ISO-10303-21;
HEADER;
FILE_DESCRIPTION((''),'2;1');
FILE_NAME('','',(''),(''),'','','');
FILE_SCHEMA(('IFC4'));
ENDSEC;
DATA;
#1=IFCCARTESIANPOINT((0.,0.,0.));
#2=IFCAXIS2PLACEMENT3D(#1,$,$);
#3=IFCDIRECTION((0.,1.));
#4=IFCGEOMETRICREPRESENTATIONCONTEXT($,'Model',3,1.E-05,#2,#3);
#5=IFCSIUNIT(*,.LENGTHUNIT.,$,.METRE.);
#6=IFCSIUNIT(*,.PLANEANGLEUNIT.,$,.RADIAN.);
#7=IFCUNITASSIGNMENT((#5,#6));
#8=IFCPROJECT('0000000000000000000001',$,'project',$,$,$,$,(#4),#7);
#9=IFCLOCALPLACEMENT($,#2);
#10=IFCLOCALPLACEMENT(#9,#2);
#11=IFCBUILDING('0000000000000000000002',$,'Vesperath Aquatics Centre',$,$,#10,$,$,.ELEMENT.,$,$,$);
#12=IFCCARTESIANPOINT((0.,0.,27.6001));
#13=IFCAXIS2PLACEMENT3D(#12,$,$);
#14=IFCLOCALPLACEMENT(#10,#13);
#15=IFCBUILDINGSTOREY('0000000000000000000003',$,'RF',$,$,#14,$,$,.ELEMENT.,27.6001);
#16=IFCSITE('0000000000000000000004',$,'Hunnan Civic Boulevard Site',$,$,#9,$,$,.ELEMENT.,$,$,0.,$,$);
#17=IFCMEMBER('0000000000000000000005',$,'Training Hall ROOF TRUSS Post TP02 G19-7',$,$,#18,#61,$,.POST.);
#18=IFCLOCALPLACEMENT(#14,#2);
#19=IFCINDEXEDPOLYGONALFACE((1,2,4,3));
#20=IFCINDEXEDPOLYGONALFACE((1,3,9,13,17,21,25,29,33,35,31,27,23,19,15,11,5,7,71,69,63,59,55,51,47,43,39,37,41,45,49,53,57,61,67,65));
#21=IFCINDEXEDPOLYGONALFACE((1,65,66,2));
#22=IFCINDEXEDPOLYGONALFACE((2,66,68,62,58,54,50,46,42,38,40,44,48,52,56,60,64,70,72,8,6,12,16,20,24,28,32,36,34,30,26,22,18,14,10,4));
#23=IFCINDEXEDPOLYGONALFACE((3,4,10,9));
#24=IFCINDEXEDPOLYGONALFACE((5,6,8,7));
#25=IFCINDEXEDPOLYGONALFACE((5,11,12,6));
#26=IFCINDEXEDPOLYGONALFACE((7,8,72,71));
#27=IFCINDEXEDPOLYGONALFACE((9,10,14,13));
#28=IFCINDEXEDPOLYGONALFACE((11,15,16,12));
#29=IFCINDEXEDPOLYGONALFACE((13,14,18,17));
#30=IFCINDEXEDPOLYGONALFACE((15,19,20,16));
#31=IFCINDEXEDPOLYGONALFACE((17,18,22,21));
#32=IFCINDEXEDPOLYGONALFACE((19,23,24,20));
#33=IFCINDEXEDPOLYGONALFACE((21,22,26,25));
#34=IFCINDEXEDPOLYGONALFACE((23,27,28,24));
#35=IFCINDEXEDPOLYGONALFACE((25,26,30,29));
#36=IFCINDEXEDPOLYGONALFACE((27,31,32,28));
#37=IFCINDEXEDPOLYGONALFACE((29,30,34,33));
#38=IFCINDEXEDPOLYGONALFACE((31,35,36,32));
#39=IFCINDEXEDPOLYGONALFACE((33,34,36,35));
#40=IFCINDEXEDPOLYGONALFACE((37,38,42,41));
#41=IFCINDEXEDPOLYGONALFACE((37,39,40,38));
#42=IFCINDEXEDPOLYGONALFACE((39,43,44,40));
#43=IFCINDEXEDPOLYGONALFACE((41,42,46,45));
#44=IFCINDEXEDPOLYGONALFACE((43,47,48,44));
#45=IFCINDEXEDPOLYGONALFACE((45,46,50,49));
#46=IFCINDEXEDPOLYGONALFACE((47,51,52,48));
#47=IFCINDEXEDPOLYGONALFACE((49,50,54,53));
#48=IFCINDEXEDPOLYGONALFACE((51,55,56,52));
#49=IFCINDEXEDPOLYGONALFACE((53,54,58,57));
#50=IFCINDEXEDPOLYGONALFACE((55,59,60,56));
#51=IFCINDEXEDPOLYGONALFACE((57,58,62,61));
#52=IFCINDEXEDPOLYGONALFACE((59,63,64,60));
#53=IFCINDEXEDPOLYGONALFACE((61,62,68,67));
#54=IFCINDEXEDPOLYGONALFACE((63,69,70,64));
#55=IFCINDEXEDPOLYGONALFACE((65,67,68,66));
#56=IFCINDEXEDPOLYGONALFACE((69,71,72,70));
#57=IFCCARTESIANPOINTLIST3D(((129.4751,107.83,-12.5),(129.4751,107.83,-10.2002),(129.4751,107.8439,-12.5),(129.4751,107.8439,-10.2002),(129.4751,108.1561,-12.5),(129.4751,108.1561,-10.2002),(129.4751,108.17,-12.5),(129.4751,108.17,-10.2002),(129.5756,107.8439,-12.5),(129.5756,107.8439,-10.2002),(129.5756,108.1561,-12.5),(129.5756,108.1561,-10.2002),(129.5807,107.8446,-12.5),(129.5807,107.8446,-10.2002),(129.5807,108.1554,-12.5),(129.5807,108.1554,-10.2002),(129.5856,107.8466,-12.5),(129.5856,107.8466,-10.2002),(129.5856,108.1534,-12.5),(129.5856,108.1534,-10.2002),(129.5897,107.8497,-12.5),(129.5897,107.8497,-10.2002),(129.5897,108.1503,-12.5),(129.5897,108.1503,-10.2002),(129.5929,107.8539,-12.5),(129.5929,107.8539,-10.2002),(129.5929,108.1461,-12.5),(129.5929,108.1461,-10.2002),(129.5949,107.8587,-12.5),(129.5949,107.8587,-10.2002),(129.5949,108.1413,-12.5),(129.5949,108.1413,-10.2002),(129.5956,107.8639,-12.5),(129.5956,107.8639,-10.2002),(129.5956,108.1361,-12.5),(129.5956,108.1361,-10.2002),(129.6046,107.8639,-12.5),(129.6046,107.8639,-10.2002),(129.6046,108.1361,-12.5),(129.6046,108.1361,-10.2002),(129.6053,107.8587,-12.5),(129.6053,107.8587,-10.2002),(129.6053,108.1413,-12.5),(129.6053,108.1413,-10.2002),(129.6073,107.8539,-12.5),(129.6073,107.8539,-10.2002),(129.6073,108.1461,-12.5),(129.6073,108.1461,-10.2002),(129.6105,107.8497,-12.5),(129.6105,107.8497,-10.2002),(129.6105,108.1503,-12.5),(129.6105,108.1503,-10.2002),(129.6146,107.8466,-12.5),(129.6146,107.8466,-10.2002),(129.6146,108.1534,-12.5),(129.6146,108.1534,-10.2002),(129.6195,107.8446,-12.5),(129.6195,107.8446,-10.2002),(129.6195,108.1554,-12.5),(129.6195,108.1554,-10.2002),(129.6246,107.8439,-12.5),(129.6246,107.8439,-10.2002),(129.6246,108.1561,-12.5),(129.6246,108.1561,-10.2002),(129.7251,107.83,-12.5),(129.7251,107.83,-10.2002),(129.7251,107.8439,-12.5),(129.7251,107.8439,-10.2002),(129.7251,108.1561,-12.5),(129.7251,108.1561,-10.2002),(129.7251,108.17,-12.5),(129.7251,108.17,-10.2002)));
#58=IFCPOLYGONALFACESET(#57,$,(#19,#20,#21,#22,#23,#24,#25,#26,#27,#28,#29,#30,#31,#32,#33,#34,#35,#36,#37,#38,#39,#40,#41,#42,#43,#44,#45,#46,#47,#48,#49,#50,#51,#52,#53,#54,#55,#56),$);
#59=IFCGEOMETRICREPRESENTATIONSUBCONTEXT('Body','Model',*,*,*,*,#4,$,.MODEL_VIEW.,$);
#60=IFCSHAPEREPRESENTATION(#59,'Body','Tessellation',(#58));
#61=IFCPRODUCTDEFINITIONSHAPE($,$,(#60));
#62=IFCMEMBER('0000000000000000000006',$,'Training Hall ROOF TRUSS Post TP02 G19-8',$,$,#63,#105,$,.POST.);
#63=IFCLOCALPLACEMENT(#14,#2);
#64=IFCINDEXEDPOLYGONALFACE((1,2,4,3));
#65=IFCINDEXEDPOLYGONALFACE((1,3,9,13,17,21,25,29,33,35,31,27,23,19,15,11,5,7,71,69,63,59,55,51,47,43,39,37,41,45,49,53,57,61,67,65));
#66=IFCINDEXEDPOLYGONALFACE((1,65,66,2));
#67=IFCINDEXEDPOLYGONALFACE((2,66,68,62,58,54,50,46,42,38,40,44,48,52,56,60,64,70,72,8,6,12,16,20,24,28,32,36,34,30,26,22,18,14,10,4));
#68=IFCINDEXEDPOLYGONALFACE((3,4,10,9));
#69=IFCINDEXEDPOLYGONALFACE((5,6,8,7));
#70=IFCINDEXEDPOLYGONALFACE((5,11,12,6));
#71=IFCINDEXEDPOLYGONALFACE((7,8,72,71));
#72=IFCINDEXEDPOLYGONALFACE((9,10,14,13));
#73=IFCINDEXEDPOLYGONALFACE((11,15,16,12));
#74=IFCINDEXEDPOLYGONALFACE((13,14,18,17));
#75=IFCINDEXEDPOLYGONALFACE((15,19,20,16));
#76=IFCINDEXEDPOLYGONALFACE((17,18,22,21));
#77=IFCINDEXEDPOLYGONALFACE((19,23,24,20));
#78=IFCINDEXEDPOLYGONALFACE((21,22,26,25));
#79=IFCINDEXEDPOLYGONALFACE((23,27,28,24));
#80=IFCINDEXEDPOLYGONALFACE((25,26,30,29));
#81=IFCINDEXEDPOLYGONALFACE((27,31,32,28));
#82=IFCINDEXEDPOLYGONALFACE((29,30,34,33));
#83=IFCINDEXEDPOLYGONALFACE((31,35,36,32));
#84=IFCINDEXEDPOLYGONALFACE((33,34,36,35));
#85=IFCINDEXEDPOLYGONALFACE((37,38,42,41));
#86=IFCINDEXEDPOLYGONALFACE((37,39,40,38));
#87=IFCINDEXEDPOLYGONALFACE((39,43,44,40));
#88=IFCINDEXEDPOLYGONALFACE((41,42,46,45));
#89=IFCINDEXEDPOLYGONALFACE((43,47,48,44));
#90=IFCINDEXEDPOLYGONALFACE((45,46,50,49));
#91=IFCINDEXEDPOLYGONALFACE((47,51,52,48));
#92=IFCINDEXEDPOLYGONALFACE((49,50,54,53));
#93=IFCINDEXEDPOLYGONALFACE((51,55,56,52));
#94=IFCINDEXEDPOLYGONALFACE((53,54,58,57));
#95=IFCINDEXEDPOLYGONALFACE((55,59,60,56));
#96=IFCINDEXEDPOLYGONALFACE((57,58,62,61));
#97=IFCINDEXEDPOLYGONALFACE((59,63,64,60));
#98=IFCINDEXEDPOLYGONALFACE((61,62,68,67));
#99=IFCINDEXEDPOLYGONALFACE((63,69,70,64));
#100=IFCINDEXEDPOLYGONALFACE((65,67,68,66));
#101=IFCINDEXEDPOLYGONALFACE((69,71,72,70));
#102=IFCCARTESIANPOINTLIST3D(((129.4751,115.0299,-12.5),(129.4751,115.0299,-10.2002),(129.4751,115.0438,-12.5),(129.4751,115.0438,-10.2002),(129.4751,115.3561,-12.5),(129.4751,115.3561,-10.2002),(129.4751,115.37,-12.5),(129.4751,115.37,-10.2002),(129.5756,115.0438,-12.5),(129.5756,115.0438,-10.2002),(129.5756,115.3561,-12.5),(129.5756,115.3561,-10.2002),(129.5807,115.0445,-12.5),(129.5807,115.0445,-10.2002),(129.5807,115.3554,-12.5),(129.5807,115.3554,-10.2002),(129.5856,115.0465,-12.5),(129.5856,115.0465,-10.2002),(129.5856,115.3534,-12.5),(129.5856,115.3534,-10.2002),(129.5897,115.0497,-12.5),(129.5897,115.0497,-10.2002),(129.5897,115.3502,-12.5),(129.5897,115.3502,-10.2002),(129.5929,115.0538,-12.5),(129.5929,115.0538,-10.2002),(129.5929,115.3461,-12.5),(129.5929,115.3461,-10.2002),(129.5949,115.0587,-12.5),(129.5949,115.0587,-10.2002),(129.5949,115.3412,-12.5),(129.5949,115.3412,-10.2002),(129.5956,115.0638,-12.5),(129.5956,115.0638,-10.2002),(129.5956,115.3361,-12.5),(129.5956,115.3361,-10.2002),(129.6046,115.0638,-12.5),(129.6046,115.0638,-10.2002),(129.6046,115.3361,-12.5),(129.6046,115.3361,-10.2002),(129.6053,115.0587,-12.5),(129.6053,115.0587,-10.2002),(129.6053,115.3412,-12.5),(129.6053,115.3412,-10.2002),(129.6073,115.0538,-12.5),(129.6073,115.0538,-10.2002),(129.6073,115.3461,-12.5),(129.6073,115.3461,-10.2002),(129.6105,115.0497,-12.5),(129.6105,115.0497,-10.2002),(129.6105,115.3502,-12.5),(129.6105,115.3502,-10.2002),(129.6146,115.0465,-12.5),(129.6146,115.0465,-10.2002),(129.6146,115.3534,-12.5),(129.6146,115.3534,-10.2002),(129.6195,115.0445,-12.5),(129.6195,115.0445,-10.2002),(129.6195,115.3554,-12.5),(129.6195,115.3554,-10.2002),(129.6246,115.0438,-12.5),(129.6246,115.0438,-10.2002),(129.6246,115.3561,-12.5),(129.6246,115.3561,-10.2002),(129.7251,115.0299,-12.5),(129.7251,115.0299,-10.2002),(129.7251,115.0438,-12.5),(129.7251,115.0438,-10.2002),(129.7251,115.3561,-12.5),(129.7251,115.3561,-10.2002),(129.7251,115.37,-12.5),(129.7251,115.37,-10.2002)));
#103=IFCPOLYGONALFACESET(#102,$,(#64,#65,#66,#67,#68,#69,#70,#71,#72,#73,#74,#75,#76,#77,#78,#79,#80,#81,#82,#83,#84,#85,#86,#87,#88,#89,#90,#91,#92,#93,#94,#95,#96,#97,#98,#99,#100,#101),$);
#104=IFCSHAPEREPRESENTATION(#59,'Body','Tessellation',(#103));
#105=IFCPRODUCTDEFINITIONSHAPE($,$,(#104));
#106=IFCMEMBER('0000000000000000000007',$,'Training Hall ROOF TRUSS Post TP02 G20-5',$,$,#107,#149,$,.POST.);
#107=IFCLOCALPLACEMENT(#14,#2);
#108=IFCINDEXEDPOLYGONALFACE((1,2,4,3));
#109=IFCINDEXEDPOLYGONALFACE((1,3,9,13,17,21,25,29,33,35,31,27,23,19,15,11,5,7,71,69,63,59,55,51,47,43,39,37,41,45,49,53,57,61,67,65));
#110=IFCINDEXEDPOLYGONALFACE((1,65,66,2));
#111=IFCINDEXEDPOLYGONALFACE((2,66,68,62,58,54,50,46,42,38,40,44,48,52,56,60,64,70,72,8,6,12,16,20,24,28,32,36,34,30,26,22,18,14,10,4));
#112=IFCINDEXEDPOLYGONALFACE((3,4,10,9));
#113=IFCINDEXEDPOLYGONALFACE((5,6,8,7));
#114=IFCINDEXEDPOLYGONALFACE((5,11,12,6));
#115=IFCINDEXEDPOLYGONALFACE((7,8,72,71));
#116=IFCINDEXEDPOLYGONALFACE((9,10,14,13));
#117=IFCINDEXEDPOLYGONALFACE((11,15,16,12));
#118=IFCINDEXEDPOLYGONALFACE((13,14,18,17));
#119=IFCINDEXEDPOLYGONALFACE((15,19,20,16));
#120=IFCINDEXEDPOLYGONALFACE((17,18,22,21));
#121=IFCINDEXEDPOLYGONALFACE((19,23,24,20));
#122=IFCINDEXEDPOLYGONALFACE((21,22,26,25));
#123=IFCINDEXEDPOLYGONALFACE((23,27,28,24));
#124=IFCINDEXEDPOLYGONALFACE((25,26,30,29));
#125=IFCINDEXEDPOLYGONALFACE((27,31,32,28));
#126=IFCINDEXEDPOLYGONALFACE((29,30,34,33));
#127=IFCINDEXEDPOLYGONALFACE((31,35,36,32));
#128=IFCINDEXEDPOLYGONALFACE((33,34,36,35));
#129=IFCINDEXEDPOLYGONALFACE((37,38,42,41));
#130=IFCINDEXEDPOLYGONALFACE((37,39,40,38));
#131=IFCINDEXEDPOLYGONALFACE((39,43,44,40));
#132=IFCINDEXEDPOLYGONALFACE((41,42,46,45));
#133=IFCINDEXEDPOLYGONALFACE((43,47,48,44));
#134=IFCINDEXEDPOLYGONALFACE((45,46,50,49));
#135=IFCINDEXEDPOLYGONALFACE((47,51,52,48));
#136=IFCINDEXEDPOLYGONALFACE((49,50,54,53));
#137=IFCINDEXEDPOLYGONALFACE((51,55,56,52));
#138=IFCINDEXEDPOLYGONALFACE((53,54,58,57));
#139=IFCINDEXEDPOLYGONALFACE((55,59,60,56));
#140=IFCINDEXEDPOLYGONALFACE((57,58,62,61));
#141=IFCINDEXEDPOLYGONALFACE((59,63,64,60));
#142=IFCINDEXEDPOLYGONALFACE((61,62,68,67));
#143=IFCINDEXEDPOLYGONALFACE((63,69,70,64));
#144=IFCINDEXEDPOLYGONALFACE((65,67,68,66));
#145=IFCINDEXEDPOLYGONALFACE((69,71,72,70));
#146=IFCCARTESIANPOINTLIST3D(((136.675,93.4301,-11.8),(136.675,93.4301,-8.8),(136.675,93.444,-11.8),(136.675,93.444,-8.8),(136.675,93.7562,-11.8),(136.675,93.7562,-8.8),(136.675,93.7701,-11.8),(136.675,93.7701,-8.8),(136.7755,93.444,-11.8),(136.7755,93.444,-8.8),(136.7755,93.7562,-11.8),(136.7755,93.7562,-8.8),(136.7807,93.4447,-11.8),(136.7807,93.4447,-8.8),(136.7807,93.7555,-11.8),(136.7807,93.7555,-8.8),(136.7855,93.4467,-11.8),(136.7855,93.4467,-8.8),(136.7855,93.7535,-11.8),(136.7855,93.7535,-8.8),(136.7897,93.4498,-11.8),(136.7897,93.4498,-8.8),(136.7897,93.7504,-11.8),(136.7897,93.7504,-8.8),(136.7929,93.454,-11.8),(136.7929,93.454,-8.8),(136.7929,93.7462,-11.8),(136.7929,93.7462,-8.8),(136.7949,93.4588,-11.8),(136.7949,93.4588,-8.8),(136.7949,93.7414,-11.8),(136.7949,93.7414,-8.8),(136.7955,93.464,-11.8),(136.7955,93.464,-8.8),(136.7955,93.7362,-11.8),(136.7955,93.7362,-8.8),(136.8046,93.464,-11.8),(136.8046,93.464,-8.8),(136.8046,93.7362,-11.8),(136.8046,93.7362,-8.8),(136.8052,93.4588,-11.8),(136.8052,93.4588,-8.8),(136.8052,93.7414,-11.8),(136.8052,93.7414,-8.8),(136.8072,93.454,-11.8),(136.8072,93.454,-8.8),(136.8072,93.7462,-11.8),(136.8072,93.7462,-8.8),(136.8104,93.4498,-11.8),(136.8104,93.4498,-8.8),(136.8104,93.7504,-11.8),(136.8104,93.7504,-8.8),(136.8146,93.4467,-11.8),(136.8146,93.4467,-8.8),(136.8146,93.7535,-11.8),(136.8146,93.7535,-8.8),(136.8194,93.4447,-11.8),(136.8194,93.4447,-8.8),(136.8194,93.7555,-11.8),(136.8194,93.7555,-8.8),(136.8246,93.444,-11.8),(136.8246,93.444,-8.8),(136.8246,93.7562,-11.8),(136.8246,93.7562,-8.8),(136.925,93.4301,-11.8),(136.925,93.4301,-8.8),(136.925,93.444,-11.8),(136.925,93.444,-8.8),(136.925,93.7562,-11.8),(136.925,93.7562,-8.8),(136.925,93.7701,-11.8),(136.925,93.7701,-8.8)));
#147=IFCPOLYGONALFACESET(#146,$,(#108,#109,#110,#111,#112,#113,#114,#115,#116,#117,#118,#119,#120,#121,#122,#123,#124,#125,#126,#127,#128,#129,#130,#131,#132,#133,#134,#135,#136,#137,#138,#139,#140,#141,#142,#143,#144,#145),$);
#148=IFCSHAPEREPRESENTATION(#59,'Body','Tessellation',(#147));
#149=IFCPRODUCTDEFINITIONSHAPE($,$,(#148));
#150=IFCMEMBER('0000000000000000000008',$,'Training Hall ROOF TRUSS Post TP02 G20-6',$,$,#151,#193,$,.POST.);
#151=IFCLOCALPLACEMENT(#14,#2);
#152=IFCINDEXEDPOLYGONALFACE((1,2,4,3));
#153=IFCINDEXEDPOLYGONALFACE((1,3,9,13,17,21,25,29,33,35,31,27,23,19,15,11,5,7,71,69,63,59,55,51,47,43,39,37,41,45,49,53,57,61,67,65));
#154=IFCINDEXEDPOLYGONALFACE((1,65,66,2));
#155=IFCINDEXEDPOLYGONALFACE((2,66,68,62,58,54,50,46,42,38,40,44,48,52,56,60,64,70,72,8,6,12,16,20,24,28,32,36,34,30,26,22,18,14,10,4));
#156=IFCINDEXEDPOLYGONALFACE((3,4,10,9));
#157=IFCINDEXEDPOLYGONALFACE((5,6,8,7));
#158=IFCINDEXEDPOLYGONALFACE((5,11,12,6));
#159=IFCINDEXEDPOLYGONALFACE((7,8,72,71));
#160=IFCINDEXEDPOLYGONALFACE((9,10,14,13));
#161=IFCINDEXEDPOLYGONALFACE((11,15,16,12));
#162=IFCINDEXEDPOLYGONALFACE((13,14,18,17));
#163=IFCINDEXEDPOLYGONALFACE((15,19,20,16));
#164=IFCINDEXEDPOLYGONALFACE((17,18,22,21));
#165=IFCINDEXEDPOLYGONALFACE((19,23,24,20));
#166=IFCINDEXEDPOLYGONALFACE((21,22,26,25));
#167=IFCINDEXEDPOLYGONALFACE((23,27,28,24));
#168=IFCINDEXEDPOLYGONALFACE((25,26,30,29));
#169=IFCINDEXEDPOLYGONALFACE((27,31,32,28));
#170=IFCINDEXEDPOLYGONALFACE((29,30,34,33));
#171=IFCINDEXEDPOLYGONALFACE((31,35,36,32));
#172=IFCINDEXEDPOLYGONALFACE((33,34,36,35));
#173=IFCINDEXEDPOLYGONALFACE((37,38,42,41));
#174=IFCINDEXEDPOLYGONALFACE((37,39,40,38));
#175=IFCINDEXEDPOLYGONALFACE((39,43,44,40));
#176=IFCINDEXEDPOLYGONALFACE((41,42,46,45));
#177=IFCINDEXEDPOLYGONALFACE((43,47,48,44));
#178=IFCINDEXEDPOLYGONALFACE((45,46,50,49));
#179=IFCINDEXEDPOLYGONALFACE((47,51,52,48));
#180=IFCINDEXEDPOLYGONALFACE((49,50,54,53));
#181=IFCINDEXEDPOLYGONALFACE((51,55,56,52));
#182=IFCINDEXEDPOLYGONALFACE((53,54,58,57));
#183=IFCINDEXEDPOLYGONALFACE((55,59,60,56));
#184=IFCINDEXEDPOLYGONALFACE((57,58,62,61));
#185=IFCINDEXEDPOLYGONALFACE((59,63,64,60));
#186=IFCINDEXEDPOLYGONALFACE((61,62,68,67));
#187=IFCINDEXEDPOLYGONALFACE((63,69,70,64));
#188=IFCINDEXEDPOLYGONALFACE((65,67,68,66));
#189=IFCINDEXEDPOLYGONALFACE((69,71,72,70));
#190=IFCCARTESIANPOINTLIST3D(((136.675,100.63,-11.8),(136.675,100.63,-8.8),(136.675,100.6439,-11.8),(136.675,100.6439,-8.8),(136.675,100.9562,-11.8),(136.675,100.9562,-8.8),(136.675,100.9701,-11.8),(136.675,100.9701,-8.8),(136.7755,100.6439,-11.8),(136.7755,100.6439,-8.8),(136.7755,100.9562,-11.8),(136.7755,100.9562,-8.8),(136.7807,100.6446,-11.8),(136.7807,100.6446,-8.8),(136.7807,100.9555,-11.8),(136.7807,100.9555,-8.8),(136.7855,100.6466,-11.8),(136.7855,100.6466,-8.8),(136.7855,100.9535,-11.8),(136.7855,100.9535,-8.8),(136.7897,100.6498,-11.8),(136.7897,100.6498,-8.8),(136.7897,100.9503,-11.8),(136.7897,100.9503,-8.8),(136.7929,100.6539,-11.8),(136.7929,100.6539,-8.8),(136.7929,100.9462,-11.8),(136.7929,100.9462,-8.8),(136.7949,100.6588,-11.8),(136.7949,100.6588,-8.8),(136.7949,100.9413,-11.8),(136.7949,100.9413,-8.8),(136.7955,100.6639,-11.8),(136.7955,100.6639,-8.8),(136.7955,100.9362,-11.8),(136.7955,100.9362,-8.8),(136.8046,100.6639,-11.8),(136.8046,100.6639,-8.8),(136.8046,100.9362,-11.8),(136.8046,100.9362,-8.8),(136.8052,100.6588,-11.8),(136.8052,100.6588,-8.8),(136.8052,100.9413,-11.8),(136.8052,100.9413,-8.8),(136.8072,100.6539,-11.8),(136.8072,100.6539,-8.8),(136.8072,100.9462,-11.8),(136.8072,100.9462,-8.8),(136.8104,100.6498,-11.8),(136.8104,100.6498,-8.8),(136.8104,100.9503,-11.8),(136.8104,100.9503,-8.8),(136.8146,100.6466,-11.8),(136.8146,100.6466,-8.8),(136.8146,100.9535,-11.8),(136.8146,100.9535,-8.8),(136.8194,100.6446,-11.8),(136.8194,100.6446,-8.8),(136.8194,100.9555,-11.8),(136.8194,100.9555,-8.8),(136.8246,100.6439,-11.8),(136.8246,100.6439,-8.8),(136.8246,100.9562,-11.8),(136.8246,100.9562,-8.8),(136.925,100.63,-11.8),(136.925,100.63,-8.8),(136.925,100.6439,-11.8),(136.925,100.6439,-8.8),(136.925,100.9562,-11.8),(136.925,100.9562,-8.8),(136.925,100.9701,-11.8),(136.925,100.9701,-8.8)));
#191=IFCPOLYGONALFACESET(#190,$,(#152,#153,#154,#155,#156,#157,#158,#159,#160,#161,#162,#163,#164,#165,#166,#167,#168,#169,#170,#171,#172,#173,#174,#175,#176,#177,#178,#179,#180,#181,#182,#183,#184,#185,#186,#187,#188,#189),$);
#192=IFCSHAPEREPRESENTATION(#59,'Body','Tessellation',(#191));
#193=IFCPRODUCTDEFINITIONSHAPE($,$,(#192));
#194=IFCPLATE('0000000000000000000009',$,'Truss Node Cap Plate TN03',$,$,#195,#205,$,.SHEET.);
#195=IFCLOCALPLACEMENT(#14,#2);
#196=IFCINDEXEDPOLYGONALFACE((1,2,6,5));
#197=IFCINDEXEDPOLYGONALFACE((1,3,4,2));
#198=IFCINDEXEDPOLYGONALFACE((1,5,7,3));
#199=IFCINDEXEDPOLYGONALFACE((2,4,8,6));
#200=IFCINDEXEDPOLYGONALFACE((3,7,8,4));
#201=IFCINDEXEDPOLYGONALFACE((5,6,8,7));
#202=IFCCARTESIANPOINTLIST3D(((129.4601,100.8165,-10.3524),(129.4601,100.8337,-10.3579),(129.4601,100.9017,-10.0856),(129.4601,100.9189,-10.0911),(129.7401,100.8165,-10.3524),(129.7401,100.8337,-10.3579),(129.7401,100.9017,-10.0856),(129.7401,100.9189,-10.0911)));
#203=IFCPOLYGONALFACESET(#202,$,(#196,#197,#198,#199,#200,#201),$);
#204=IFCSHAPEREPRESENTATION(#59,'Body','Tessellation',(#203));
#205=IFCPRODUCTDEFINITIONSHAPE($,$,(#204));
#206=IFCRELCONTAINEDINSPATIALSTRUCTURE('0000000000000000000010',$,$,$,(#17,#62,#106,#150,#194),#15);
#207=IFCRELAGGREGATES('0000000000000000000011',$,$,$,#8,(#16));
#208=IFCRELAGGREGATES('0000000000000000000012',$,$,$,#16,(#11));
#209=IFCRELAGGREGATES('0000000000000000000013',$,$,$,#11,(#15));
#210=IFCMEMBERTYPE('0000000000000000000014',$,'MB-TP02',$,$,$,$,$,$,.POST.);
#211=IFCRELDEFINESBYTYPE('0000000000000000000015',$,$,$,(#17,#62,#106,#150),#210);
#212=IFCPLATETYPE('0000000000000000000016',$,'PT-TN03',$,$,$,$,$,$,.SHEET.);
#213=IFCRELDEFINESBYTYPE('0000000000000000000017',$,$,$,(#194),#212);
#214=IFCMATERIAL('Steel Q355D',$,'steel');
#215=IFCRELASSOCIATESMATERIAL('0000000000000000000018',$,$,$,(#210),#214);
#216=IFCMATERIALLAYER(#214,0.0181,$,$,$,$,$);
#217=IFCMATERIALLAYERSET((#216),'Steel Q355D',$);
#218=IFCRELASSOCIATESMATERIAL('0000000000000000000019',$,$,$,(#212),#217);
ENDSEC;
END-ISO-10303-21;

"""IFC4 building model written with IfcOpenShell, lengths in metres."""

from ifc_helpers import new_model, si_unit, direction, frame, origin, origin_2d, place, context, subcontext, project, spatial, rectangle, i_section, extrude, material, layer, layer_set, material_profile, profile_set, type_object, element, save


model = new_model("IFC4")

# Units and contexts
model_context = context("Model", 3, precision=1e-05, world=origin(), true_north=direction((0.0, 1.0)))
body_context = subcontext(model_context, "Body", "Model", "MODEL_VIEW")
ifc_project = project(units=[si_unit("LENGTHUNIT", "METRE"), si_unit("PLANEANGLEUNIT", "RADIAN")], contexts=[model_context])

# Site, building, storey
site_placement = place(None, origin())
site = spatial("IfcSite", under=ifc_project, at=site_placement, Name="Hunnan Civic Boulevard Site", CompositionType="ELEMENT", RefElevation=0.0)
building_placement = place(site_placement, origin())
building = spatial("IfcBuilding", under=site, at=building_placement, Name="Vesperath Aquatics Centre", CompositionType="ELEMENT")
storey_placement = place(building_placement, frame((0.0, 0.0, 27.6001)))
storey = spatial("IfcBuildingStorey", under=building, at=storey_placement, Name="RF", CompositionType="ELEMENT", Elevation=27.6001)

# Members
ifc_material_1 = material(Name="Steel Q355D", Category="steel")
ifc_material_profile_1 = material_profile(ifc_material_1, i_section(OverallWidth=0.25, OverallDepth=0.3401, WebThickness=0.009, FlangeThickness=0.0139, FilletRadius=0.02, at=origin_2d()), Name="HM 340x250x9x14")
ifc_profile_set_1 = profile_set([ifc_material_profile_1], Name="Steel Q355D")
member_type_1 = type_object("IfcMemberType", Name="MB-TP02", PredefinedType="POST", material=ifc_profile_set_1)
for number, where, z_axis, x_axis, name in (
    (1, (129.6001, 108.0, -12.5), (0.0, 0.0, 1.0), (1.0, 0.0, 0.0), "Training Hall ROOF TRUSS Post TP02 G19-7"),
    (2, (129.6001, 115.2, -12.5), (0.0, 0.0, 1.0), (1.0, 0.0, 0.0), "Training Hall ROOF TRUSS Post TP02 G19-8"),
):
    element("IfcMember", number, at=place(storey_placement, frame(where, z_axis=z_axis, x_axis=x_axis)), inside=storey, type_object=member_type_1, Name=name, PredefinedType="POST", context=body_context, shape_type="SweptSolid", body=[
        extrude(i_section(OverallWidth=0.25, OverallDepth=0.3401, WebThickness=0.009, FlangeThickness=0.0139, FilletRadius=0.02, at=origin_2d()), origin(), (0.0, 0.0, 1.0), 2.2998),
    ])
for number, where, z_axis, x_axis, name in (
    (3, (136.8, 93.6001, -11.8), (0.0, 0.0, 1.0), (1.0, 0.0, 0.0), "Training Hall ROOF TRUSS Post TP02 G20-5"),
    (4, (136.8, 100.8, -11.8), (0.0, 0.0, 1.0), (1.0, 0.0, 0.0), "Training Hall ROOF TRUSS Post TP02 G20-6"),
):
    element("IfcMember", number, at=place(storey_placement, frame(where, z_axis=z_axis, x_axis=x_axis)), inside=storey, type_object=member_type_1, Name=name, PredefinedType="POST", context=body_context, shape_type="SweptSolid", body=[
        extrude(i_section(OverallWidth=0.25, OverallDepth=0.3401, WebThickness=0.009, FlangeThickness=0.0139, FilletRadius=0.02, at=origin_2d()), origin(), (0.0, 0.0, 1.0), 3.0),
    ])

# Plate
ifc_layer_1 = layer(ifc_material_1, 0.0181)
ifc_layer_set_1 = layer_set([ifc_layer_1], Name="Steel Q355D")
plate_type = type_object("IfcPlateType", Name="PT-TN03", PredefinedType="SHEET", material=ifc_layer_set_1)
for number, where, z_axis, x_axis, name in (
    (5, (129.6001, 100.8591, -10.219), (0.0, 0.952578, -0.304296), (-1.0, 0.0, 0.0), "Truss Node Cap Plate TN03"),
):
    element("IfcPlate", number, at=place(storey_placement, frame(where, z_axis=z_axis, x_axis=x_axis)), inside=storey, type_object=plate_type, Name=name, PredefinedType="SHEET", context=body_context, shape_type="SweptSolid", body=[
        extrude(rectangle(XDim=0.28, YDim=0.28, at=origin_2d()), origin(), (0.0, 0.0, 1.0), 0.0181),
    ])

save(model, "model.ifc")
